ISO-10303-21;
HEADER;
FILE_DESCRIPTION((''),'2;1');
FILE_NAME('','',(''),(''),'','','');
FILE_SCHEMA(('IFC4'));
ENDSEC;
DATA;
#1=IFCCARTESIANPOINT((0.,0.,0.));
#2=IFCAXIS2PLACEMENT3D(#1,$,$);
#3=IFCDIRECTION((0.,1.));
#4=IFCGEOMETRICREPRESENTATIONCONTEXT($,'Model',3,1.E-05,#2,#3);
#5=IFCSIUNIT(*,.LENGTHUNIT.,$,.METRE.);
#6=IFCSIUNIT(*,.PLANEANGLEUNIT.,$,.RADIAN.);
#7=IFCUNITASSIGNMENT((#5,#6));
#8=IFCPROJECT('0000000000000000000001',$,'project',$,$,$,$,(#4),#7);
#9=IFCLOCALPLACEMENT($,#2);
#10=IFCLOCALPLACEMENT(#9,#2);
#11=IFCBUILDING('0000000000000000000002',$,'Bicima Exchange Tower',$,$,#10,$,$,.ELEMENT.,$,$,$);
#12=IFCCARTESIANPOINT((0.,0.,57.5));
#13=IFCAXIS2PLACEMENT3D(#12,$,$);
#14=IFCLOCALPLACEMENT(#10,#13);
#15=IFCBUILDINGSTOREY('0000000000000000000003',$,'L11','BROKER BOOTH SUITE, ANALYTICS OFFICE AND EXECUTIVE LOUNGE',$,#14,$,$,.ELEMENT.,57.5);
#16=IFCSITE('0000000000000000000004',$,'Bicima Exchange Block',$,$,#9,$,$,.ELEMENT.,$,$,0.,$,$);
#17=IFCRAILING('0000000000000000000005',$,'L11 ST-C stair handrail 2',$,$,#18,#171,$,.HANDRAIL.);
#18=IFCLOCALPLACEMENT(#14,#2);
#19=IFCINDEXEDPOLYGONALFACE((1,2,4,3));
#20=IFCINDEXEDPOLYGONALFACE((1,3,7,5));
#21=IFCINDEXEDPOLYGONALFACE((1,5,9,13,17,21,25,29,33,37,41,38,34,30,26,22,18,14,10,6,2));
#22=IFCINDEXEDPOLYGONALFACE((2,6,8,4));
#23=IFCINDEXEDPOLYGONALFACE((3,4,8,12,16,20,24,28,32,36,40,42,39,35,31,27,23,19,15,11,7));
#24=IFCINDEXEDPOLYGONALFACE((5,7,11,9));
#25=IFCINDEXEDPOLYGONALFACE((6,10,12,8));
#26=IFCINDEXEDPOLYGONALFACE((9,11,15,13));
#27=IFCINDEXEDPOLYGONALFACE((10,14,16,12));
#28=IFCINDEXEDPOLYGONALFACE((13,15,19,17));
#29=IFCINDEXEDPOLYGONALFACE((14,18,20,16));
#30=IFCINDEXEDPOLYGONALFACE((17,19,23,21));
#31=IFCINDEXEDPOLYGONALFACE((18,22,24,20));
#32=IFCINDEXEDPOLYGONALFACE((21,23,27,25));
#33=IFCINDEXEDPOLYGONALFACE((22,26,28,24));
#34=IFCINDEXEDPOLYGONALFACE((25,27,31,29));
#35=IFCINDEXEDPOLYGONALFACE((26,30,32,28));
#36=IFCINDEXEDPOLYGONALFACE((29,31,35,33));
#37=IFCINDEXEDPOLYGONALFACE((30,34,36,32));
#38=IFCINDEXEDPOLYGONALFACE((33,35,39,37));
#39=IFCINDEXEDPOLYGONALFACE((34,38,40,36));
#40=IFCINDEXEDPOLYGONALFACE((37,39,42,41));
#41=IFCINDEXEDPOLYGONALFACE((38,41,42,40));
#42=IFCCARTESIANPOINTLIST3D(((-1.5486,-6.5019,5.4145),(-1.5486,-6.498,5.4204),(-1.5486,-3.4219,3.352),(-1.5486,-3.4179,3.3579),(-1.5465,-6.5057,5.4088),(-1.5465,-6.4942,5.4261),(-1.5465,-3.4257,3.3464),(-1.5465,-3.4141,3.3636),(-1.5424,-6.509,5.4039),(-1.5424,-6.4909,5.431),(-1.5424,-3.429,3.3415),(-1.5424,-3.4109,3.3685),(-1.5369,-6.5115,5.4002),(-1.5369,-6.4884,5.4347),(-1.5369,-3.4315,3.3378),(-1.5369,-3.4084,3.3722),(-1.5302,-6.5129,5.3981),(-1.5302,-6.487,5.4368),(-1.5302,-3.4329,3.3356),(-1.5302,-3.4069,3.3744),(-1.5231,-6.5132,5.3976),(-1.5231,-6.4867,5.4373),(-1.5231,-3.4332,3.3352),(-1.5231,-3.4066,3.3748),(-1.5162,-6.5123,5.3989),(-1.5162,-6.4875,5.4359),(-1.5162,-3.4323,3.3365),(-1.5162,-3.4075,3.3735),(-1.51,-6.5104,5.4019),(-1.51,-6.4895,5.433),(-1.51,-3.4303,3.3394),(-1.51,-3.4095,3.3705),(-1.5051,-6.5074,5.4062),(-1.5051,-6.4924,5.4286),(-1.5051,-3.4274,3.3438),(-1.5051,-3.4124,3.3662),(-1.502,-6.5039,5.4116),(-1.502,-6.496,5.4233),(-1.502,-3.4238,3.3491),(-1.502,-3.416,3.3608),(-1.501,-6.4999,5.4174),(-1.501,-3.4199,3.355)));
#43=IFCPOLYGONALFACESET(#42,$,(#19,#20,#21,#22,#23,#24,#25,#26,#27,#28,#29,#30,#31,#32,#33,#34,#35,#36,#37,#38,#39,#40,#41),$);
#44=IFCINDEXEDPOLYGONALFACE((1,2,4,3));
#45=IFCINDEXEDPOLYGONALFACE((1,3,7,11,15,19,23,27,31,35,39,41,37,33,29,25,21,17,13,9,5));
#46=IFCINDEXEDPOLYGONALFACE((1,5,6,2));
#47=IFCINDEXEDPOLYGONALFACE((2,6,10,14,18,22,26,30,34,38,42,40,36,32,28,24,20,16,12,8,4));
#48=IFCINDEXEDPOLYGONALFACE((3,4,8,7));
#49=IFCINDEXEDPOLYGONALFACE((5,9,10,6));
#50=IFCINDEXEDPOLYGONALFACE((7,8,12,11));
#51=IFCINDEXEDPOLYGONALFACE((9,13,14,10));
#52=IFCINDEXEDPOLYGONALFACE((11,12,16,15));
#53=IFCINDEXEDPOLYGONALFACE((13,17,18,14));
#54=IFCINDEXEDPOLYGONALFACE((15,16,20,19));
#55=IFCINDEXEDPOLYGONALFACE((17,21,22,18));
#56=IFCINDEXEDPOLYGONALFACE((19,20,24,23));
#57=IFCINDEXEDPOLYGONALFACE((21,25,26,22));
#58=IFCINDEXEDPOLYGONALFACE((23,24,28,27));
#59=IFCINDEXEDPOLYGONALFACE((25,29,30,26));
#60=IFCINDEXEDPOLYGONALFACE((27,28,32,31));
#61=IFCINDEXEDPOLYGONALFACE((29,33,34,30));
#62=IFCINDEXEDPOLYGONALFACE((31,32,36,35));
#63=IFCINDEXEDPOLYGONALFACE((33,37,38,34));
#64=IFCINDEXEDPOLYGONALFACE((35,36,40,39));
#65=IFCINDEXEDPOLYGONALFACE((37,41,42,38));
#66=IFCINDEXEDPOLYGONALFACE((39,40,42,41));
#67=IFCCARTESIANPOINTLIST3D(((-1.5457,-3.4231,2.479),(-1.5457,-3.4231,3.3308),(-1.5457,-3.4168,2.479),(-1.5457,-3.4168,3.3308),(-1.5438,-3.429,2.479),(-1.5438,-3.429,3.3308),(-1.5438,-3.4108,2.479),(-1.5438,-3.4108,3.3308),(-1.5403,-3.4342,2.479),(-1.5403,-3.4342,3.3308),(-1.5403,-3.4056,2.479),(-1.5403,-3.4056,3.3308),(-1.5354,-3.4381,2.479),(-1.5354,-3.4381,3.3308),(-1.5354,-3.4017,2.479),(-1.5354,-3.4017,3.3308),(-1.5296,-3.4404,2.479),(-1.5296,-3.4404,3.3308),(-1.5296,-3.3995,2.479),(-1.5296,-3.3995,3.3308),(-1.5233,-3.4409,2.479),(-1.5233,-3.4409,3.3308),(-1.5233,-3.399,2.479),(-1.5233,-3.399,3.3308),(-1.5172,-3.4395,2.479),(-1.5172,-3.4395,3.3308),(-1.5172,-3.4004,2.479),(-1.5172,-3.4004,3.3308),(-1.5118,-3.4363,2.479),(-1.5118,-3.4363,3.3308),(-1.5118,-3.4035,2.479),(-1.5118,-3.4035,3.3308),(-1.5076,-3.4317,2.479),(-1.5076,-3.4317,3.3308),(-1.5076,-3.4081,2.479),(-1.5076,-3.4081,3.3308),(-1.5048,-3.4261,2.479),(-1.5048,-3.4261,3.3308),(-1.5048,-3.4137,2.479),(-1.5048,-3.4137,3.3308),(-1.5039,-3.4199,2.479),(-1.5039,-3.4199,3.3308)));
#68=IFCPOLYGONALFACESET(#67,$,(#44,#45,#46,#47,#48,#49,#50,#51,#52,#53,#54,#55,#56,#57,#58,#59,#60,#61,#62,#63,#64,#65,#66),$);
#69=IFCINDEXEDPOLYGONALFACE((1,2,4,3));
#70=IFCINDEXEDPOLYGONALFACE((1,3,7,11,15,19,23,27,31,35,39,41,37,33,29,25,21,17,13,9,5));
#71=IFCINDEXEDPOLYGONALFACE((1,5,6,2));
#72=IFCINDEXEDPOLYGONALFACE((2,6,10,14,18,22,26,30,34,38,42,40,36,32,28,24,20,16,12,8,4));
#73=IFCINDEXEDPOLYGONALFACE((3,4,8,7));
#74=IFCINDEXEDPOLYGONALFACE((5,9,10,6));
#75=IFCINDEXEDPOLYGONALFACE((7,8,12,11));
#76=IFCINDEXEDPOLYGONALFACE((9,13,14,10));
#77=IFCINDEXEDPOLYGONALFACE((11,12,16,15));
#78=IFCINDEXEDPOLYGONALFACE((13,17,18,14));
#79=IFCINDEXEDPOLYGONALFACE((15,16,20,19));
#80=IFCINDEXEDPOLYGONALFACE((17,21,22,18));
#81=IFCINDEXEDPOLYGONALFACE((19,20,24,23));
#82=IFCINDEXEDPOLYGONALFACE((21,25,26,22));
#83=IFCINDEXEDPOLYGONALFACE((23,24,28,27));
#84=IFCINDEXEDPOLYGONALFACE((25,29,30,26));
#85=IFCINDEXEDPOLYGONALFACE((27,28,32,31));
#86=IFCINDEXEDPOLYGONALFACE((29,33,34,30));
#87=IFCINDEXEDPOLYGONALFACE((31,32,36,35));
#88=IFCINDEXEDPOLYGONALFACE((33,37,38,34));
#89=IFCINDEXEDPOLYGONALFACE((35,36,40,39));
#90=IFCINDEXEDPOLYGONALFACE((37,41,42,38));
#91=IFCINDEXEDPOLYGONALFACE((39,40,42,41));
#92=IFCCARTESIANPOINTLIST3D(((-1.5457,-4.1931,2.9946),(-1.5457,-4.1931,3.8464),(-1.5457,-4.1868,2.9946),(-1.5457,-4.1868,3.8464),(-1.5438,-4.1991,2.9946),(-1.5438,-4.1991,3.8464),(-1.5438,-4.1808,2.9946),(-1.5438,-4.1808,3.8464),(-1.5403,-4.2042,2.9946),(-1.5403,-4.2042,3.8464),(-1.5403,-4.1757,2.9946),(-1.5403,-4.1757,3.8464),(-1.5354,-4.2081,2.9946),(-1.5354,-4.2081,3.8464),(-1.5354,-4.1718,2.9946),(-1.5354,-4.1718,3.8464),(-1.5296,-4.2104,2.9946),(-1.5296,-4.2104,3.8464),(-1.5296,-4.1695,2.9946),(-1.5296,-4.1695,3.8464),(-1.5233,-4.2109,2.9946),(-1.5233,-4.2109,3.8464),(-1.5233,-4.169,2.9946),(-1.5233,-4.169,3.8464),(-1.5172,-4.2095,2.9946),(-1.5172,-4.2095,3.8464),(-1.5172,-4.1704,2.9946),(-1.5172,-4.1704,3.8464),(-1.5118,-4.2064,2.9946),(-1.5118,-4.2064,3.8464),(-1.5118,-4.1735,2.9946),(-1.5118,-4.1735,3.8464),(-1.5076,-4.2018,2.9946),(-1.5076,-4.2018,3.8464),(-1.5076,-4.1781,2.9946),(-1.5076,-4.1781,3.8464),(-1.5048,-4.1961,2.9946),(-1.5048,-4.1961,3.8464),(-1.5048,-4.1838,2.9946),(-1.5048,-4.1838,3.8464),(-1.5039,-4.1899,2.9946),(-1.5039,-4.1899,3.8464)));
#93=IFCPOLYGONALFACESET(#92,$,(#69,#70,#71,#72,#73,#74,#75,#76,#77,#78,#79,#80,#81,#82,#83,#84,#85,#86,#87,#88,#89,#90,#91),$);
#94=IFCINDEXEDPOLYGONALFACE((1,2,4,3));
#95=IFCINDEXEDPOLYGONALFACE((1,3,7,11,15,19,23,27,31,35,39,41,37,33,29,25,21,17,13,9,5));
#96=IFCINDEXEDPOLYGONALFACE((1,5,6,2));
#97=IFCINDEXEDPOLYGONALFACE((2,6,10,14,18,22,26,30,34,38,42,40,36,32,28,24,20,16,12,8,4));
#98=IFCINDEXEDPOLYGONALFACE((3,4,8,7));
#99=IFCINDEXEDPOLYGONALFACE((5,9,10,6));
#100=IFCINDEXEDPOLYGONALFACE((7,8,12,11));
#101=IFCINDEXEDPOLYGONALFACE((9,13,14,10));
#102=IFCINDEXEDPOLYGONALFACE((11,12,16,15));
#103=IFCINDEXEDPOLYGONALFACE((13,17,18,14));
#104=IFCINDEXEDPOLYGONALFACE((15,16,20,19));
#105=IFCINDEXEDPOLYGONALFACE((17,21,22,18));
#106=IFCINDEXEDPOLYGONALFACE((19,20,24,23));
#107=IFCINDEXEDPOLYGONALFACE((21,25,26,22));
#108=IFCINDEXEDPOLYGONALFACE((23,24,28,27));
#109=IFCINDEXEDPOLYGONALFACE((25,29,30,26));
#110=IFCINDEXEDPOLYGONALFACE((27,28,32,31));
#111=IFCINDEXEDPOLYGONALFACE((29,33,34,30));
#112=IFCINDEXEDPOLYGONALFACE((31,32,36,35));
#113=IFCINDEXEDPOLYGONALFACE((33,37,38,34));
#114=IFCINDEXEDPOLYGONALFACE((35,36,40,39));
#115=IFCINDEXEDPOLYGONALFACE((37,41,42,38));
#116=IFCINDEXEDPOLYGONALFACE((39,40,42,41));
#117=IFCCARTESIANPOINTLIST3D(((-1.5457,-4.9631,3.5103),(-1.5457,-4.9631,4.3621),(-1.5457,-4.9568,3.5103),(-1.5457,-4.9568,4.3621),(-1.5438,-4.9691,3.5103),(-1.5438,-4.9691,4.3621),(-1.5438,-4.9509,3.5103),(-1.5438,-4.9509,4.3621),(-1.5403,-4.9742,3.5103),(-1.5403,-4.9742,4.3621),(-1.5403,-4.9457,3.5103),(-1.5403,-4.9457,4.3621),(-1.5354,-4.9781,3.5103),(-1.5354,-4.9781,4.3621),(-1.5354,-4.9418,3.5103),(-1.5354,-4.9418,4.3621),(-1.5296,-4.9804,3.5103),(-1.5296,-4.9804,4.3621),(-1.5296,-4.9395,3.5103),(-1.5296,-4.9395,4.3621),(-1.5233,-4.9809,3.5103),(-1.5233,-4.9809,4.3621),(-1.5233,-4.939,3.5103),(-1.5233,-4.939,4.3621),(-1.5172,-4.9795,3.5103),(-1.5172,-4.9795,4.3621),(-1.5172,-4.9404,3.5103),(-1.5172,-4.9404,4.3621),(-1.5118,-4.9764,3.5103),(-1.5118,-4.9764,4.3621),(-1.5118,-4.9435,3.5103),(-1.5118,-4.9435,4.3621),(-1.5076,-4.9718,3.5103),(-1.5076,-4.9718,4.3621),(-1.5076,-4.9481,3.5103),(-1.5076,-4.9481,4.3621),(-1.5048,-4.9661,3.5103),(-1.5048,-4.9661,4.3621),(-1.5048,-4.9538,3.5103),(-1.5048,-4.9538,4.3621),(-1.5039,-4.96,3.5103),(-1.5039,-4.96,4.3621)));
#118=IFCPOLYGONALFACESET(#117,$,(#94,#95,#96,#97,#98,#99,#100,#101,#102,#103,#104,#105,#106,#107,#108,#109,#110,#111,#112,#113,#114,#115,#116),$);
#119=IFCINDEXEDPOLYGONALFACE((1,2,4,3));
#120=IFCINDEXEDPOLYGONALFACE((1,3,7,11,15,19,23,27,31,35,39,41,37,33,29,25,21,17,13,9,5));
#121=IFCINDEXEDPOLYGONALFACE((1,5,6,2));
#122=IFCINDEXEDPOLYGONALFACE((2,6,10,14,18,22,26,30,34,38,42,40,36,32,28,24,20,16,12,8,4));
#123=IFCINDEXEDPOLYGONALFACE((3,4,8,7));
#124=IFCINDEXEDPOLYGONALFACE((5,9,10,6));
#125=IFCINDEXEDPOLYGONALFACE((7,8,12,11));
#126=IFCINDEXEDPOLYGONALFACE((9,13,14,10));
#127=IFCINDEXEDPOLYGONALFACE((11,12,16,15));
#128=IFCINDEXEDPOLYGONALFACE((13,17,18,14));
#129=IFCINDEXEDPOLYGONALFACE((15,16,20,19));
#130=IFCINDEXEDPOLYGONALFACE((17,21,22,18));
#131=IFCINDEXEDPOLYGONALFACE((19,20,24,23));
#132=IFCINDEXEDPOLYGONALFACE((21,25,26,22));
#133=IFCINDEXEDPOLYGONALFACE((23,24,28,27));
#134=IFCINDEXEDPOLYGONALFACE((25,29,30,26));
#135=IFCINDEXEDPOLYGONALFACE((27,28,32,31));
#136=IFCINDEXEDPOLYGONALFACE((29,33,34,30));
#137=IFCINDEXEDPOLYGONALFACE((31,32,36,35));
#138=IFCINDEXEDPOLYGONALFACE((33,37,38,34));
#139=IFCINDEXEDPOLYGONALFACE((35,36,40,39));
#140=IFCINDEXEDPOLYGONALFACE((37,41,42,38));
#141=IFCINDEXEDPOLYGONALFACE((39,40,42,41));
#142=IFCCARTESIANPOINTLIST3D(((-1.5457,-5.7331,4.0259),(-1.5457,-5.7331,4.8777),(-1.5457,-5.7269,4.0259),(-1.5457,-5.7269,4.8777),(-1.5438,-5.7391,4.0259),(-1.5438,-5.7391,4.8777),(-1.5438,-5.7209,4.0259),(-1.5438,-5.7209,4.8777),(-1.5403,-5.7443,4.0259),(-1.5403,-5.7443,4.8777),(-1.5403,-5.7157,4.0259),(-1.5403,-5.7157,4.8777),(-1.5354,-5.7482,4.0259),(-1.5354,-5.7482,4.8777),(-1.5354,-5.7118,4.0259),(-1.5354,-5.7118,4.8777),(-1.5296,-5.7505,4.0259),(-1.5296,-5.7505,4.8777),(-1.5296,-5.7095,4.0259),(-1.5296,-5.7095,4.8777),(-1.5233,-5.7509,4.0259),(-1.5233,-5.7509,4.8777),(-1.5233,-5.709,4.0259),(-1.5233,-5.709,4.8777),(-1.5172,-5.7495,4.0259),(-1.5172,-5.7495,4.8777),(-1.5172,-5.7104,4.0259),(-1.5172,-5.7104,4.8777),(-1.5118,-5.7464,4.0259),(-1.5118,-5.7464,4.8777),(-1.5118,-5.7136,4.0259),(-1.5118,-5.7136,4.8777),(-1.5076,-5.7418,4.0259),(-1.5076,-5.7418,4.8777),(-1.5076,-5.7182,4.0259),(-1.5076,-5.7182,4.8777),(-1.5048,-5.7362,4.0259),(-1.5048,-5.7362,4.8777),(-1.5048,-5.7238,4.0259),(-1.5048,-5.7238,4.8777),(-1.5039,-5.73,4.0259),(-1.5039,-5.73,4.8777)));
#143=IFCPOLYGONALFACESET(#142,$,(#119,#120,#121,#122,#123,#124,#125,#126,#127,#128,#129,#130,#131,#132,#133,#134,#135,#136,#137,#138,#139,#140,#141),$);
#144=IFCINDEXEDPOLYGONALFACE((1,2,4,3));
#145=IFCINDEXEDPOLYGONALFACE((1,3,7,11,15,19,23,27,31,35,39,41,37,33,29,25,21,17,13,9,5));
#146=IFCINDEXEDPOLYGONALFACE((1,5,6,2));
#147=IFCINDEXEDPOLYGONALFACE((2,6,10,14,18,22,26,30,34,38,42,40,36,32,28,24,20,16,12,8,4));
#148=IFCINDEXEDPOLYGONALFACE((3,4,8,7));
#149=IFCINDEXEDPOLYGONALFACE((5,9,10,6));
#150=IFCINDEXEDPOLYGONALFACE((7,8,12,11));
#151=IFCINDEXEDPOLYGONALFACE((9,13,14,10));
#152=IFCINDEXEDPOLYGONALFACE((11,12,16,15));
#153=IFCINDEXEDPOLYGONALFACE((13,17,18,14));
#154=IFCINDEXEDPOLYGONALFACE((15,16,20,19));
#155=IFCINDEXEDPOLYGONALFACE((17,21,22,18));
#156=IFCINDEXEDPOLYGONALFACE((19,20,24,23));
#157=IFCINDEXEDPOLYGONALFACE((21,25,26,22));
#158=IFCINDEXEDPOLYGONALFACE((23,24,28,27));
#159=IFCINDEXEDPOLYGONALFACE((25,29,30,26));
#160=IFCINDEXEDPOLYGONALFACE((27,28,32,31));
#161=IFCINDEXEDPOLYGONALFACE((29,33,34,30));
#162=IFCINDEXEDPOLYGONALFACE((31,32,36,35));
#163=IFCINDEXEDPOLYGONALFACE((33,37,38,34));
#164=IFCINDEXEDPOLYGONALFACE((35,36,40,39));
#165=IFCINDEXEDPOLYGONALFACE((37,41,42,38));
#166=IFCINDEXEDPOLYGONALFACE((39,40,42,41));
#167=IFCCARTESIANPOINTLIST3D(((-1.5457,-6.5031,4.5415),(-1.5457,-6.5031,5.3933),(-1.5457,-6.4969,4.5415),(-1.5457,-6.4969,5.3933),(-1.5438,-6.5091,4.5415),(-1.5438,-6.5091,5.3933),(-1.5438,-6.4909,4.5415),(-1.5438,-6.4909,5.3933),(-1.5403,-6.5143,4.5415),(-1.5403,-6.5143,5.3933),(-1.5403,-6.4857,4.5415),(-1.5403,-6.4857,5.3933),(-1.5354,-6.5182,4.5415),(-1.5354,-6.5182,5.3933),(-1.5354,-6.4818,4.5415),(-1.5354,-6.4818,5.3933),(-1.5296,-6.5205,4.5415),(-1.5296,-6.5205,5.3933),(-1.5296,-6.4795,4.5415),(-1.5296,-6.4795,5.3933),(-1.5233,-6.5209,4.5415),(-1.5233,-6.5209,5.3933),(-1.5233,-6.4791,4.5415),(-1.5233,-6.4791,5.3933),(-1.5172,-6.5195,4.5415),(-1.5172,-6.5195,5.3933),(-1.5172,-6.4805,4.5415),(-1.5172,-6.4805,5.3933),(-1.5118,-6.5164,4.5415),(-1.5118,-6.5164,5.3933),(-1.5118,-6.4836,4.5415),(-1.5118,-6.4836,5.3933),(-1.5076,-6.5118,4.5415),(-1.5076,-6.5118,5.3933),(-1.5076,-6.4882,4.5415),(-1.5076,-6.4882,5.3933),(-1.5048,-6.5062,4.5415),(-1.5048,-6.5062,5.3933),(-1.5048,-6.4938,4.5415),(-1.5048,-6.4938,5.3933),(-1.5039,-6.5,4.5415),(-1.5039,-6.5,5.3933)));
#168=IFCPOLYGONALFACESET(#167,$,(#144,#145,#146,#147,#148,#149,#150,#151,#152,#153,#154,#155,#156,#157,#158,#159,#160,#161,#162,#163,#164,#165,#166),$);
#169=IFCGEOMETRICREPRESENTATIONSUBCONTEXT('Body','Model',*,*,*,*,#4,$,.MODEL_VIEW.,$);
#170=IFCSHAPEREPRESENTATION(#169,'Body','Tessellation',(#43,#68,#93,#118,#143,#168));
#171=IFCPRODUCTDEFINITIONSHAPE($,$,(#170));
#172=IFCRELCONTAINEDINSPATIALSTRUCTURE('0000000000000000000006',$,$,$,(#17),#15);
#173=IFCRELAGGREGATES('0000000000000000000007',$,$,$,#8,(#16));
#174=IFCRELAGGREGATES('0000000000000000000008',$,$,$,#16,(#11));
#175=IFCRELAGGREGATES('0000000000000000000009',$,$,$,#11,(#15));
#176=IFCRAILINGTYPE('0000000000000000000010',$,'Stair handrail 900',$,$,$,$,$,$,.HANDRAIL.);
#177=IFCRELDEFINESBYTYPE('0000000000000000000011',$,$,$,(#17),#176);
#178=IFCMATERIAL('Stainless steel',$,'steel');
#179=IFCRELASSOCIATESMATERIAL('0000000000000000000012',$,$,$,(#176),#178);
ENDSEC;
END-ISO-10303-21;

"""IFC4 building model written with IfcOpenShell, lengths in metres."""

from ifc_helpers import new_model, si_unit, direction, frame, origin, origin_2d, place, context, subcontext, project, spatial, circle, extrude, material, type_object, element, save


model = new_model("IFC4")

# Units and contexts
model_context = context("Model", 3, precision=1e-05, world=origin(), true_north=direction((0.0, 1.0)))
body_context = subcontext(model_context, "Body", "Model", "MODEL_VIEW")
ifc_project = project(units=[si_unit("LENGTHUNIT", "METRE"), si_unit("PLANEANGLEUNIT", "RADIAN")], contexts=[model_context])

# Site, building, storey
site_placement = place(None, origin())
site = spatial("IfcSite", under=ifc_project, at=site_placement, Name="Bicima Exchange Block", CompositionType="ELEMENT", RefElevation=0.0)
building_placement = place(site_placement, origin())
building = spatial("IfcBuilding", under=site, at=building_placement, Name="Bicima Exchange Tower", CompositionType="ELEMENT")
storey_placement = place(building_placement, frame((0.0, 0.0, 57.5)))
storey = spatial("IfcBuildingStorey", under=building, at=storey_placement, Name="L11", Description="BROKER BOOTH SUITE, ANALYTICS OFFICE AND EXECUTIVE LOUNGE", CompositionType="ELEMENT", Elevation=57.5)

# Railing
ifc_material_1 = material(Name="Stainless steel", Category="steel")
railing_type = type_object("IfcRailingType", Name="Stair handrail 900", PredefinedType="HANDRAIL", material=ifc_material_1)
railing_placement = place(storey_placement, frame((-1.5249, -3.4199, 2.479)))
element("IfcRailing", 1, at=railing_placement, inside=storey, type_object=railing_type, Name="L11 ST-C stair handrail 2", PredefinedType="HANDRAIL", context=body_context, shape_type="SweptSolid", body=[
    extrude(circle(Radius=0.0239, at=origin_2d()), frame((0.0, 0.0, 0.876), z_axis=(0.0, -0.830914, 0.556401), x_axis=(1.0, 0.0, 0.0)), (0.0, 0.0, 1.0), 3.7068),
    extrude(circle(Radius=0.021, at=origin_2d()), origin(), (0.0, 0.0, 1.0), 0.8518),
    extrude(circle(Radius=0.021, at=origin_2d()), frame((0.0, -0.77, 0.5156)), (0.0, 0.0, 1.0), 0.8518),
    extrude(circle(Radius=0.021, at=origin_2d()), frame((0.0, -1.54, 1.0312)), (0.0, 0.0, 1.0), 0.8518),
    extrude(circle(Radius=0.021, at=origin_2d()), frame((0.0, -2.3101, 1.5469)), (0.0, 0.0, 1.0), 0.8518),
    extrude(circle(Radius=0.021, at=origin_2d()), frame((0.0, -3.0801, 2.0625)), (0.0, 0.0, 1.0), 0.8518),
])

save(model, "model.ifc")
